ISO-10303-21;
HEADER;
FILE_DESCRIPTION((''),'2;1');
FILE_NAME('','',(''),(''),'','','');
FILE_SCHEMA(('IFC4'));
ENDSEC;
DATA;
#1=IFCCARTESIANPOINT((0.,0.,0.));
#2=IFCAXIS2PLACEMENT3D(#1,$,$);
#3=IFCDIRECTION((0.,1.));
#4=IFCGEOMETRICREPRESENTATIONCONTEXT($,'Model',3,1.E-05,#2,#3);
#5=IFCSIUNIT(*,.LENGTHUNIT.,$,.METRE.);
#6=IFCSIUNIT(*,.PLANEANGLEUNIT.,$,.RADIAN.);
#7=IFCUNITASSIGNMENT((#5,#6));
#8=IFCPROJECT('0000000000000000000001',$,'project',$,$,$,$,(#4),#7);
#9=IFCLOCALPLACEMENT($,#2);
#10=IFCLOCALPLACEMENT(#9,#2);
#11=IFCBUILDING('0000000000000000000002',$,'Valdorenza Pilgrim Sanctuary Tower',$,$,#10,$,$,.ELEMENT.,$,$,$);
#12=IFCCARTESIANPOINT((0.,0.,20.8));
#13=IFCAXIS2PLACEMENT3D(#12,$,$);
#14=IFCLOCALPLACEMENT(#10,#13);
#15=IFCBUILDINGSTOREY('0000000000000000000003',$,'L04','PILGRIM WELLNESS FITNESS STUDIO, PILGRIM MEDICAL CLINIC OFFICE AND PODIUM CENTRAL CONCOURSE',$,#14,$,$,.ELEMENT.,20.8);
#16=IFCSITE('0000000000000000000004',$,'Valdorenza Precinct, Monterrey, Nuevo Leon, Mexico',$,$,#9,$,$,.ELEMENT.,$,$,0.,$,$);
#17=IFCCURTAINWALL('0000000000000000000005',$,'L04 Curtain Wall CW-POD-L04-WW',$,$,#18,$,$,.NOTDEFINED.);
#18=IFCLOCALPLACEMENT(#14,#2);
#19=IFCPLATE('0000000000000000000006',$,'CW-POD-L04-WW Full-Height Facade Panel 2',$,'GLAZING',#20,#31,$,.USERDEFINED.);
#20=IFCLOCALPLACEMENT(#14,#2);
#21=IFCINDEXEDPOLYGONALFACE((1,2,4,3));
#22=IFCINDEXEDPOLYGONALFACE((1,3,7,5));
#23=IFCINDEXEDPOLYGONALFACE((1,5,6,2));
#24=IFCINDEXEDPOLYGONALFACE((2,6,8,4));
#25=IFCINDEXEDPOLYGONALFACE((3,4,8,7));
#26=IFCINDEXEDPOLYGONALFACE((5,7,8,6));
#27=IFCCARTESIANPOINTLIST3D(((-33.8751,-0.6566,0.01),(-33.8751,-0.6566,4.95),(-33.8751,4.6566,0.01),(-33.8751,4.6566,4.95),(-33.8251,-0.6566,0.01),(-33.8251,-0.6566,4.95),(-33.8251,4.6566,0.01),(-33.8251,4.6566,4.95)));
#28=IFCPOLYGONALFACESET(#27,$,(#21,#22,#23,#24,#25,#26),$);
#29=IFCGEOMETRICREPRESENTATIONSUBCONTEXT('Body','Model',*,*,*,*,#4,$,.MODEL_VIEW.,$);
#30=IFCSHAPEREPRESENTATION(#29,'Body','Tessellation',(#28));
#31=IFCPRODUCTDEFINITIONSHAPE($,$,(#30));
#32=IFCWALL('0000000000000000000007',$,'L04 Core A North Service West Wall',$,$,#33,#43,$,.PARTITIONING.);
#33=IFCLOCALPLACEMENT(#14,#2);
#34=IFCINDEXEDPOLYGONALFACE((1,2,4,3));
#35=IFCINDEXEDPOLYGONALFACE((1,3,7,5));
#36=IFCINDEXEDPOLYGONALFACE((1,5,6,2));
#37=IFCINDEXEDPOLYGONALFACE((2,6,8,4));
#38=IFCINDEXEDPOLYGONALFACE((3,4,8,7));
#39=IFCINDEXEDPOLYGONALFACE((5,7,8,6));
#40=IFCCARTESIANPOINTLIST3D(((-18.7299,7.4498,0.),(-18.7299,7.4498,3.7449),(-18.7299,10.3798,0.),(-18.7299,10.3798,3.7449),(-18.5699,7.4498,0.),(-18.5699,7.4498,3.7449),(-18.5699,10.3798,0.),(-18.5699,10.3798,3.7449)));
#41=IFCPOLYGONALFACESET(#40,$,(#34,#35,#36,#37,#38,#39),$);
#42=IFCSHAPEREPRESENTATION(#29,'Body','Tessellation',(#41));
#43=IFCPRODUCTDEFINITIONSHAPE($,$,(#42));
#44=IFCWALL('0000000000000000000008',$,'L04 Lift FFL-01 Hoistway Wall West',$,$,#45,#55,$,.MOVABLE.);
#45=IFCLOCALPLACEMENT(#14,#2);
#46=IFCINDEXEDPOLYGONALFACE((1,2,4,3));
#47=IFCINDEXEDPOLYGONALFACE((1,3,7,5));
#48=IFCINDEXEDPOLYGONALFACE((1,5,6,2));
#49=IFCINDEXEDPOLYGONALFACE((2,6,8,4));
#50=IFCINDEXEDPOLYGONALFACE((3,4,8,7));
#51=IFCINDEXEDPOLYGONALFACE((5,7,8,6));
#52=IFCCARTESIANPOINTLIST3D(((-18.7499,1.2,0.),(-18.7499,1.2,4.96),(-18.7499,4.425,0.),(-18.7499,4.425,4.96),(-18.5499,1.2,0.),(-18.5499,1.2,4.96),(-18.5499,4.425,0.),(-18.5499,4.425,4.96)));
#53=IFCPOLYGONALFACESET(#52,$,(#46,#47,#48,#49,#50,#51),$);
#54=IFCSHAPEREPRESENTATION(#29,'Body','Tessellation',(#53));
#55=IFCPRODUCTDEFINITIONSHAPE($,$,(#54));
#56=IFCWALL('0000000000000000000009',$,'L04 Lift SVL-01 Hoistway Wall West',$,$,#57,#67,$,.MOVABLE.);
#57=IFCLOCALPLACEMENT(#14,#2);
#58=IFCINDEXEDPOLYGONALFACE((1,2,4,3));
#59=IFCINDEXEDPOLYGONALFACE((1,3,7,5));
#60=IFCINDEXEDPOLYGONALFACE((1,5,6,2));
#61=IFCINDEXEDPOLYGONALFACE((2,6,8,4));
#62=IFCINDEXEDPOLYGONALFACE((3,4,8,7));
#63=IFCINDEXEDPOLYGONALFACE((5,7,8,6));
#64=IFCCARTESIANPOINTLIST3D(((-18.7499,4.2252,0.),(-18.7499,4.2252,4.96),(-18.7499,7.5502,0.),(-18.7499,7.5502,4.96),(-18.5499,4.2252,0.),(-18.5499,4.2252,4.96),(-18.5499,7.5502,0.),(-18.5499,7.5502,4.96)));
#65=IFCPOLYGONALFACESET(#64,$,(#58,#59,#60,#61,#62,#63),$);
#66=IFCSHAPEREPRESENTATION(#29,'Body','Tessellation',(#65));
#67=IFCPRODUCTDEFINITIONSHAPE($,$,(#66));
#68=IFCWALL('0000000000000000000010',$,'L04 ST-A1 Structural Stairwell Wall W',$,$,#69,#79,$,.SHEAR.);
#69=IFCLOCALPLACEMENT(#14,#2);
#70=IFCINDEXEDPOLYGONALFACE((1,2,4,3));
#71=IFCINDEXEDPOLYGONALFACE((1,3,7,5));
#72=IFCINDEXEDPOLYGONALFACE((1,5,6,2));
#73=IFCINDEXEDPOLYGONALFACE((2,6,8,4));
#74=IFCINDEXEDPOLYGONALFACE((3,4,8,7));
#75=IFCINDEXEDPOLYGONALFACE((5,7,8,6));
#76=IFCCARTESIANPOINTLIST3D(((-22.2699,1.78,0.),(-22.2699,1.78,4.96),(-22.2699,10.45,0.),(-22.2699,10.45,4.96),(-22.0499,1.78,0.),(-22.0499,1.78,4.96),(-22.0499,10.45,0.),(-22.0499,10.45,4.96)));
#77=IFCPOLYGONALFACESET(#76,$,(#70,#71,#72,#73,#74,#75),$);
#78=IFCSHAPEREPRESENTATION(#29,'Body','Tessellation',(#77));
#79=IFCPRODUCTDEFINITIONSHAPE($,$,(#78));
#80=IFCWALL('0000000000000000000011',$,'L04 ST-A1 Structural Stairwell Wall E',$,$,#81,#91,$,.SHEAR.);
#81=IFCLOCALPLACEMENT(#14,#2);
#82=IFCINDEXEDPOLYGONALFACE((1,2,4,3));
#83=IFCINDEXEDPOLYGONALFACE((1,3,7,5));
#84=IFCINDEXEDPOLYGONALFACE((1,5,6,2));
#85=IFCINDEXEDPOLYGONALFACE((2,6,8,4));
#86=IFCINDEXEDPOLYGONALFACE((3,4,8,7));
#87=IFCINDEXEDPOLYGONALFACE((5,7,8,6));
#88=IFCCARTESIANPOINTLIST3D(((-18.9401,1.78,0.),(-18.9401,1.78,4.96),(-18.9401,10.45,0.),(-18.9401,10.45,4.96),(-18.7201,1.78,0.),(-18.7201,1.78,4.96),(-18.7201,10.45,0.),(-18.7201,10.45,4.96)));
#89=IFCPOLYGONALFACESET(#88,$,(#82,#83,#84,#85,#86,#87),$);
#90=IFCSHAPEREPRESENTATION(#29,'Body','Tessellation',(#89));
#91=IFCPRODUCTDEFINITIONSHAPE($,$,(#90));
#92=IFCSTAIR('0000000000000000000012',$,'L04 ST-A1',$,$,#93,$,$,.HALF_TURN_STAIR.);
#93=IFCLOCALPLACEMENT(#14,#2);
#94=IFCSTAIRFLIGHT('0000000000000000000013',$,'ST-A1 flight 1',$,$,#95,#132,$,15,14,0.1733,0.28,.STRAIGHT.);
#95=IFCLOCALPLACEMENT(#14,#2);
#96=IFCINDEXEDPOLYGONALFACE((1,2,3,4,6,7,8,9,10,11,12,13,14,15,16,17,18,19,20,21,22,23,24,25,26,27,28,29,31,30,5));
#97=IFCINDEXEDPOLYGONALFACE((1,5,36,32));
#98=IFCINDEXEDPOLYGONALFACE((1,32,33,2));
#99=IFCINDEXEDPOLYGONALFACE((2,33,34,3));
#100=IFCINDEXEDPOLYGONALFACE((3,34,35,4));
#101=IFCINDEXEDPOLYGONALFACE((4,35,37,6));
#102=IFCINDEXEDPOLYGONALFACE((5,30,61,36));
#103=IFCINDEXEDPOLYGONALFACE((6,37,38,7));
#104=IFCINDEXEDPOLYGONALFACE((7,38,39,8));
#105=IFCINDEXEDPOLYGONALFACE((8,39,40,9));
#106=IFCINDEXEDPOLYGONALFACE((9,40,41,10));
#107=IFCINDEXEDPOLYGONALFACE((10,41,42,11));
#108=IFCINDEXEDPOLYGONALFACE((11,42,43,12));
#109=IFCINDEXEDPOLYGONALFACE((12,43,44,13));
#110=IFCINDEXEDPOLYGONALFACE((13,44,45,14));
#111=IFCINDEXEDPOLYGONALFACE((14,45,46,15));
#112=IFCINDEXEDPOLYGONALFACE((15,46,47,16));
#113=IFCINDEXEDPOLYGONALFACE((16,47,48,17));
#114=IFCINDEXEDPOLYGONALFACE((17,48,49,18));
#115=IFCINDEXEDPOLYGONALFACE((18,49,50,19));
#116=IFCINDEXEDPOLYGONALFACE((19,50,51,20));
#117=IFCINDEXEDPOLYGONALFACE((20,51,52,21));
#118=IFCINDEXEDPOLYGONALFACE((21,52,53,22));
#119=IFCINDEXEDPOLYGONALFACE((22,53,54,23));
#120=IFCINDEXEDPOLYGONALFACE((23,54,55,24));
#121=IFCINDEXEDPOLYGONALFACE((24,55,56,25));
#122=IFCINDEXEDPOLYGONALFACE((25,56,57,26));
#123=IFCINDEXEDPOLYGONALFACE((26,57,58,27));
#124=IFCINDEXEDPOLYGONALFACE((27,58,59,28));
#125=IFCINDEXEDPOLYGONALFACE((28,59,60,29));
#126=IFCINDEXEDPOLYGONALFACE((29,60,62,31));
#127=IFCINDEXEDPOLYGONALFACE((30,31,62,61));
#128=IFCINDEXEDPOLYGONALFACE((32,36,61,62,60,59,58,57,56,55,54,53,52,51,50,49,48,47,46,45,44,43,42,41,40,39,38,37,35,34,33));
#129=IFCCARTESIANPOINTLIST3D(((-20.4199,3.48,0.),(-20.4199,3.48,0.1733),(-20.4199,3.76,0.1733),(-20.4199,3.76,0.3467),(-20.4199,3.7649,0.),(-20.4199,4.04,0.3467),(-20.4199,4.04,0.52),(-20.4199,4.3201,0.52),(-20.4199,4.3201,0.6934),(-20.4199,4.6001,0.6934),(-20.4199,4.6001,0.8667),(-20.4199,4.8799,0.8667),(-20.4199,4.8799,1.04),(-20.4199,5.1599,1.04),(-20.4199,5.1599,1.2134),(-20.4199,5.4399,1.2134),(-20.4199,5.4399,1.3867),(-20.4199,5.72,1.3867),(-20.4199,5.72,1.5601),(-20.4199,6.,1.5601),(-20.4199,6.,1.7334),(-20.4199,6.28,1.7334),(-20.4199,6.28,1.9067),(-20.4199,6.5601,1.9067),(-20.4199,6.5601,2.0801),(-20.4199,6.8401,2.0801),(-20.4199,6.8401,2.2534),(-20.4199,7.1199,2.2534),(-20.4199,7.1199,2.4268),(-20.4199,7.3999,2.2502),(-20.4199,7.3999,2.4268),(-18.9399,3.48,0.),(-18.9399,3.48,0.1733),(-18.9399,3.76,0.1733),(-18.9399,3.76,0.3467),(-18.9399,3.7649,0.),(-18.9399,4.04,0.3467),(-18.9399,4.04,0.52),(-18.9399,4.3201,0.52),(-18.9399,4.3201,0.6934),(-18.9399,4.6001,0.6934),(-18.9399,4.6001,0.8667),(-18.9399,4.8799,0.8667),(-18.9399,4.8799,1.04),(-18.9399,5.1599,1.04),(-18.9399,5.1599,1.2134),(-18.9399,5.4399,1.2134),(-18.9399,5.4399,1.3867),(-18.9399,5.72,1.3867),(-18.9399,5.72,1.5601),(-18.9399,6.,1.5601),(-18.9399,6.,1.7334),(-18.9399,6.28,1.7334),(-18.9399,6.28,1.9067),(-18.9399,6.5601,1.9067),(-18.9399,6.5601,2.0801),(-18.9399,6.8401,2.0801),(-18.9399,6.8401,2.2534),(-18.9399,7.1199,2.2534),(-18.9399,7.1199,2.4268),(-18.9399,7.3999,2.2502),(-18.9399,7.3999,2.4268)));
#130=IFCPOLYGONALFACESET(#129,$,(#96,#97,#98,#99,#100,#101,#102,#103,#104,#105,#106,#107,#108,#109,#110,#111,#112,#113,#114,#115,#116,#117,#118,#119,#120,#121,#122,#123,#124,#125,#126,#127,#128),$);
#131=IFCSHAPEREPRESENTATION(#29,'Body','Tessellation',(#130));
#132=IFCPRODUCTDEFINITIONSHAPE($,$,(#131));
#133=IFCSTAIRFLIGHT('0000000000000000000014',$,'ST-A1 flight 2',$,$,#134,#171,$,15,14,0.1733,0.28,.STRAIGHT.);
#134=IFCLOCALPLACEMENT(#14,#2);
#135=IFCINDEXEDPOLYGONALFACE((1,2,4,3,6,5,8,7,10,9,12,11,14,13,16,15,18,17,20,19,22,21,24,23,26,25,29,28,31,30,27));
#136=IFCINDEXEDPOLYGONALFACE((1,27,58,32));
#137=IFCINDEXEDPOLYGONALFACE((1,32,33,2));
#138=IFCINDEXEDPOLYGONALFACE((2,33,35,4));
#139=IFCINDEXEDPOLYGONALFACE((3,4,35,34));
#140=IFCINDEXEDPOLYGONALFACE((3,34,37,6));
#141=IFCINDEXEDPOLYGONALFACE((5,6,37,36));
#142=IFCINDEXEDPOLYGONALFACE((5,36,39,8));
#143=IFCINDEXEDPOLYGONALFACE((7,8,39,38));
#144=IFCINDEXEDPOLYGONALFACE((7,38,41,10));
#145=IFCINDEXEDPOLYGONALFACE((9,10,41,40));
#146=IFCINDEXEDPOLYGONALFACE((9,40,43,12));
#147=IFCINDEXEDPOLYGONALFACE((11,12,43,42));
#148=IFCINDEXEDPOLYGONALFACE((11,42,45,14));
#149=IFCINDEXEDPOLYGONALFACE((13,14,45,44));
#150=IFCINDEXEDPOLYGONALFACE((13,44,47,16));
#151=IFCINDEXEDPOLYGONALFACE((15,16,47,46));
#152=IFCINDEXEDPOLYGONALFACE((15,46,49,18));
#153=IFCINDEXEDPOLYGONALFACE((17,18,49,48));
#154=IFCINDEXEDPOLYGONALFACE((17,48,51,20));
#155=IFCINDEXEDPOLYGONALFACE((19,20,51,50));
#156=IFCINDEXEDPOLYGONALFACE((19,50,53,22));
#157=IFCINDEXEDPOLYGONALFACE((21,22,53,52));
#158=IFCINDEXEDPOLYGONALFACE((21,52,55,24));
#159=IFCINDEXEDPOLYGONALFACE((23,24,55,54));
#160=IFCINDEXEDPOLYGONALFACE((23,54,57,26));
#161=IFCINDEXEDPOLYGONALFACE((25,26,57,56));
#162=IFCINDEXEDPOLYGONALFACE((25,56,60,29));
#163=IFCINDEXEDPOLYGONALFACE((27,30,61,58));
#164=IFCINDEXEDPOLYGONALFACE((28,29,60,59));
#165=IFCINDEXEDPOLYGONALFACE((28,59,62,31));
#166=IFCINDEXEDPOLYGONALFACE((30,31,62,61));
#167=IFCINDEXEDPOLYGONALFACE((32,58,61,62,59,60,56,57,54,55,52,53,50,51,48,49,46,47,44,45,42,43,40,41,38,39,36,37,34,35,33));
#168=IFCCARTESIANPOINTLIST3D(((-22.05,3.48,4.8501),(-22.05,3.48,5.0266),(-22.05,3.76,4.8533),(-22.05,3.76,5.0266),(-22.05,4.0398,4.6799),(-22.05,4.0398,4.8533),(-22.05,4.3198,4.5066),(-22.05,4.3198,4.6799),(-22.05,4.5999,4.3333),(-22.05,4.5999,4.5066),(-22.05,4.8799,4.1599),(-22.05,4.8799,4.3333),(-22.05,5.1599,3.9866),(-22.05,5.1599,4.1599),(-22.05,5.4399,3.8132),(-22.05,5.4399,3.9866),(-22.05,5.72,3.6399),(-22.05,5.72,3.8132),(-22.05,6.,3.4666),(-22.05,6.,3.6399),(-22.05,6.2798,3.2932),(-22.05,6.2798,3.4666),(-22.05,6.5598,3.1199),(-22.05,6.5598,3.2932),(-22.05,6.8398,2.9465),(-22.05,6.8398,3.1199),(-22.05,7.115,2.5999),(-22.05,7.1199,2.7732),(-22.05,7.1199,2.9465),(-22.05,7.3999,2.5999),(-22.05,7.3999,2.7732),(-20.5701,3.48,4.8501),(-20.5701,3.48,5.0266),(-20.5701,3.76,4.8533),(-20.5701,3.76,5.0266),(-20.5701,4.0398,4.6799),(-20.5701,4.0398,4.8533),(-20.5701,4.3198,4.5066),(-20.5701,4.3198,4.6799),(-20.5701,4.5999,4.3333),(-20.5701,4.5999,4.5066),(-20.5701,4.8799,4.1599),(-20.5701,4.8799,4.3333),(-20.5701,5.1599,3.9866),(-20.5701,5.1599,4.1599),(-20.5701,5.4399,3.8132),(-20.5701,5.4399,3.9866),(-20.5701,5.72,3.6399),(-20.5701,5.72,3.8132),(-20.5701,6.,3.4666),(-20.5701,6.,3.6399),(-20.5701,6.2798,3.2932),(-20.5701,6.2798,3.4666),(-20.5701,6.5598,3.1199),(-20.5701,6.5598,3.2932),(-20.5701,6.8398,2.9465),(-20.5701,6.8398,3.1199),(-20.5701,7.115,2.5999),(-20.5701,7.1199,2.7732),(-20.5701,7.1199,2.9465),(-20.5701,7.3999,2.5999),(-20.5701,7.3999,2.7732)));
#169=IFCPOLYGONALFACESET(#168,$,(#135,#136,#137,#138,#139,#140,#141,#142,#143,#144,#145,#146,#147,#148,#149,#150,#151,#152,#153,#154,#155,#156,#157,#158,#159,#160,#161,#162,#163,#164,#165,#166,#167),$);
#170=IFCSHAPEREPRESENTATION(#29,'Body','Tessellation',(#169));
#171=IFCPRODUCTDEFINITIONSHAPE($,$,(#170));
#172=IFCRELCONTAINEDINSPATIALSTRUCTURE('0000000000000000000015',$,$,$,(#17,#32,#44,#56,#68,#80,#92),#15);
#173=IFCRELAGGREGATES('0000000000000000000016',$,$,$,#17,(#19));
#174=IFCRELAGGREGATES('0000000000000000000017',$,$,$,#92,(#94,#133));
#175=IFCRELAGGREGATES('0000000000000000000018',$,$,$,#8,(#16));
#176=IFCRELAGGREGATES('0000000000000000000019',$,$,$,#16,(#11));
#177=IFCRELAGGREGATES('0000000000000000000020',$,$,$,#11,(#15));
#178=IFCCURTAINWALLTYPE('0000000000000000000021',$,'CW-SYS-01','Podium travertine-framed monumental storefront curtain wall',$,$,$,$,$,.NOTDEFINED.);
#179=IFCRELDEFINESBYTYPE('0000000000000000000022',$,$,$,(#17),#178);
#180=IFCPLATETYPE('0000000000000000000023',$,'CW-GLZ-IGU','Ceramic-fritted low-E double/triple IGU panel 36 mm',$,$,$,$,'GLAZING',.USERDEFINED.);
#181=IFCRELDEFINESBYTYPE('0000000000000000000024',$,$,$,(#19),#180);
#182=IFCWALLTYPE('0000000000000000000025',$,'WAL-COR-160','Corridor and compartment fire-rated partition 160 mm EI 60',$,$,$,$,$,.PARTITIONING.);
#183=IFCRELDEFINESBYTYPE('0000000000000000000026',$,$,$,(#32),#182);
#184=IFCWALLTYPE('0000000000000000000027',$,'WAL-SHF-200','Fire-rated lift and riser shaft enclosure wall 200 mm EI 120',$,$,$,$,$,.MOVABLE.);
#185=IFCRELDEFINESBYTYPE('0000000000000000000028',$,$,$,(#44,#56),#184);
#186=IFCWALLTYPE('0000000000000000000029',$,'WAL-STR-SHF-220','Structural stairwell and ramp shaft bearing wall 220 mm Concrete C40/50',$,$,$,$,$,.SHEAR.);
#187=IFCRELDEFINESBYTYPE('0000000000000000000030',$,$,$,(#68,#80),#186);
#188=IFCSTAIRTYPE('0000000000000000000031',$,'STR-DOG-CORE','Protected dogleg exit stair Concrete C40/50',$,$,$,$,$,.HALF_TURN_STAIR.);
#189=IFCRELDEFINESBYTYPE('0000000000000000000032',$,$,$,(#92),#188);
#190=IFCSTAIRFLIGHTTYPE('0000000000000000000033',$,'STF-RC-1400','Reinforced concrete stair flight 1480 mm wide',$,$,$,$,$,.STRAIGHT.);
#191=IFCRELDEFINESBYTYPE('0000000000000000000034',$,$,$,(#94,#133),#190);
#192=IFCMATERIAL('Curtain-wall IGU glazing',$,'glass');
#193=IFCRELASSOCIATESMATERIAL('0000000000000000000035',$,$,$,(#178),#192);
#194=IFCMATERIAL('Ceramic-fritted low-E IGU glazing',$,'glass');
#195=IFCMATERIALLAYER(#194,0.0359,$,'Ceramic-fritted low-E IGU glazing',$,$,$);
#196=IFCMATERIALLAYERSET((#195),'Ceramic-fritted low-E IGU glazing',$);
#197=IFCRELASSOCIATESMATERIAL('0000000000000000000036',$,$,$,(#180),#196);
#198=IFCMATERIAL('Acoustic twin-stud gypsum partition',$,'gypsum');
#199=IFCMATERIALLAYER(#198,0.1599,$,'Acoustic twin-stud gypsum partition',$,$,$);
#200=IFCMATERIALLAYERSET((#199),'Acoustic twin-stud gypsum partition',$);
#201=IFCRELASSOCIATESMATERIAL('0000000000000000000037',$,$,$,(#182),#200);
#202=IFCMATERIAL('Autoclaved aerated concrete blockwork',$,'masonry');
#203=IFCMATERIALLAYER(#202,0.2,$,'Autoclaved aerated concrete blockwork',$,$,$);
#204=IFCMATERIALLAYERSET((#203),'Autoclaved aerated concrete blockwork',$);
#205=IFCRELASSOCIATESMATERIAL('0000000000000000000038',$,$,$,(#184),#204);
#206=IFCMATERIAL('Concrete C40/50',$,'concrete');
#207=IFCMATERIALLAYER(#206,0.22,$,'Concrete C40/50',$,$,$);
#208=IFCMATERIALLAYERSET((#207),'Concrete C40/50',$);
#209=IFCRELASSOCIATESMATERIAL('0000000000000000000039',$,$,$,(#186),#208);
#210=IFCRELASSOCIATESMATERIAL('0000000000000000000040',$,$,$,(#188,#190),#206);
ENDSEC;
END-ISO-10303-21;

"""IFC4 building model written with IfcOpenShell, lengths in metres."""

from ifc_helpers import new_model, si_unit, direction, frame, frame_2d, origin, origin_2d, place, context, subcontext, project, spatial, polyline, rectangle, outline, extrude, source, transform, mapped, material, layer, layer_set, type_object, element, aggregate, save


model = new_model("IFC4")

# Units and contexts
model_context = context("Model", 3, precision=1e-05, world=origin(), true_north=direction((0.0, 1.0)))
body_context = subcontext(model_context, "Body", "Model", "MODEL_VIEW")
ifc_project = project(units=[si_unit("LENGTHUNIT", "METRE"), si_unit("PLANEANGLEUNIT", "RADIAN")], contexts=[model_context])

# Site, building, storey
site_placement = place(None, origin())
site = spatial("IfcSite", under=ifc_project, at=site_placement, Name="Valdorenza Precinct, Monterrey, Nuevo Leon, Mexico", CompositionType="ELEMENT", RefElevation=0.0)
building_placement = place(site_placement, origin())
building = spatial("IfcBuilding", under=site, at=building_placement, Name="Valdorenza Pilgrim Sanctuary Tower", CompositionType="ELEMENT")
storey_placement = place(building_placement, frame((0.0, 0.0, 20.8)))
storey = spatial("IfcBuildingStorey", under=building, at=storey_placement, Name="L04", Description="PILGRIM WELLNESS FITNESS STUDIO, PILGRIM MEDICAL CLINIC OFFICE AND PODIUM CENTRAL CONCOURSE", CompositionType="ELEMENT", Elevation=20.8)

# Curtain wall, plate
ifc_material_1 = material(Name="Curtain-wall IGU glazing", Category="glass")
curtain_wall_type = type_object("IfcCurtainWallType", Name="CW-SYS-01", Description="Podium travertine-framed monumental storefront curtain wall", PredefinedType="NOTDEFINED", material=ifc_material_1)
curtain_wall_placement = place(storey_placement, origin())
curtain_wall = element("IfcCurtainWall", 1, at=curtain_wall_placement, inside=storey, type_object=curtain_wall_type, Name="L04 Curtain Wall CW-POD-L04-WW", PredefinedType="NOTDEFINED")
ifc_material_2 = material(Name="Ceramic-fritted low-E IGU glazing", Category="glass")
ifc_layer_1 = layer(ifc_material_2, 0.0359, Name="Ceramic-fritted low-E IGU glazing")
ifc_layer_set_1 = layer_set([ifc_layer_1], Name="Ceramic-fritted low-E IGU glazing")
plate_type_1 = type_object("IfcPlateType", Name="CW-GLZ-IGU", Description="Ceramic-fritted low-E double/triple IGU panel 36 mm", ElementType="GLAZING", PredefinedType="USERDEFINED", material=ifc_layer_set_1)
shared_shape_1 = source(origin(), body_context, "Body", "SweptSolid", [
    extrude(rectangle(XDim=5.3132, YDim=0.05, at=origin_2d()), origin(), (0.0, 0.0, 1.0), 4.9399),
])
plate_1_placement = place(storey_placement, frame((-33.8501, 2.0, 0.01), z_axis=(0.0, 0.0, 1.0), x_axis=(0.0, 1.0, 0.0)))
plate_1 = element("IfcPlate", 2, at=plate_1_placement, type_object=plate_type_1, Name="CW-POD-L04-WW Full-Height Facade Panel 2", ObjectType="GLAZING", PredefinedType="USERDEFINED", context=body_context, shape_type="MappedRepresentation", body=[
    mapped(shared_shape_1, transform((0.0, 0.0, 0.0), x_axis=(1.0, 0.0, 0.0), y_axis=(0.0, 1.0, 0.0), z_axis=(0.0, 0.0, 1.0), scale=1.0)),
])
aggregate(curtain_wall, [plate_1])

# Walls
ifc_material_3 = material(Name="Acoustic twin-stud gypsum partition", Category="gypsum")
ifc_layer_2 = layer(ifc_material_3, 0.1599, Name="Acoustic twin-stud gypsum partition")
ifc_layer_set_2 = layer_set([ifc_layer_2], Name="Acoustic twin-stud gypsum partition")
wall_type_1 = type_object("IfcWallType", Name="WAL-COR-160", Description="Corridor and compartment fire-rated partition 160 mm EI 60", PredefinedType="PARTITIONING", material=ifc_layer_set_2)
wall_1_placement = place(storey_placement, frame((-18.6499, 7.45, 0.0), z_axis=(0.0, 0.0, 1.0), x_axis=(0.0, 1.0, 0.0)))
element("IfcWall", 3, at=wall_1_placement, inside=storey, type_object=wall_type_1, Name="L04 Core A North Service West Wall", PredefinedType="PARTITIONING", context=body_context, shape_type="SweptSolid", body=[
    extrude(rectangle(XDim=2.9299, YDim=0.1599, at=frame_2d((1.4648, 0.0))), origin(), (0.0, 0.0, 1.0), 3.7449),
])
ifc_material_4 = material(Name="Autoclaved aerated concrete blockwork", Category="masonry")
ifc_layer_3 = layer(ifc_material_4, 0.2, Name="Autoclaved aerated concrete blockwork")
ifc_layer_set_3 = layer_set([ifc_layer_3], Name="Autoclaved aerated concrete blockwork")
wall_type_2 = type_object("IfcWallType", Name="WAL-SHF-200", Description="Fire-rated lift and riser shaft enclosure wall 200 mm EI 120", PredefinedType="MOVABLE", material=ifc_layer_set_3)
wall_2_placement = place(storey_placement, frame((-18.6499, 1.2, 0.0), z_axis=(0.0, 0.0, 1.0), x_axis=(0.0, 1.0, 0.0)))
element("IfcWall", 4, at=wall_2_placement, inside=storey, type_object=wall_type_2, Name="L04 Lift FFL-01 Hoistway Wall West", PredefinedType="MOVABLE", context=body_context, shape_type="SweptSolid", body=[
    extrude(rectangle(XDim=3.2251, YDim=0.2, at=frame_2d((1.6125, 0.0))), origin(), (0.0, 0.0, 1.0), 4.96),
])
wall_3_placement = place(storey_placement, frame((-18.6499, 4.2251, 0.0), z_axis=(0.0, 0.0, 1.0), x_axis=(0.0, 1.0, 0.0)))
element("IfcWall", 5, at=wall_3_placement, inside=storey, type_object=wall_type_2, Name="L04 Lift SVL-01 Hoistway Wall West", PredefinedType="MOVABLE", context=body_context, shape_type="SweptSolid", body=[
    extrude(rectangle(XDim=3.325, YDim=0.2, at=frame_2d((1.6626, 0.0))), origin(), (0.0, 0.0, 1.0), 4.96),
])
ifc_material_5 = material(Name="Concrete C40/50", Category="concrete")
ifc_layer_4 = layer(ifc_material_5, 0.22, Name="Concrete C40/50")
ifc_layer_set_4 = layer_set([ifc_layer_4], Name="Concrete C40/50")
wall_type_3 = type_object("IfcWallType", Name="WAL-STR-SHF-220", Description="Structural stairwell and ramp shaft bearing wall 220 mm Concrete C40/50", PredefinedType="SHEAR", material=ifc_layer_set_4)
for number, where, z_axis, x_axis, name in (
    (6, (-22.1599, 1.78, 0.0), (0.0, 0.0, 1.0), (0.0, 1.0, 0.0), "L04 ST-A1 Structural Stairwell Wall W"),
    (7, (-18.8301, 1.78, 0.0), (0.0, 0.0, 1.0), (0.0, 1.0, 0.0), "L04 ST-A1 Structural Stairwell Wall E"),
):
    element("IfcWall", number, at=place(storey_placement, frame(where, z_axis=z_axis, x_axis=x_axis)), inside=storey, type_object=wall_type_3, Name=name, PredefinedType="SHEAR", context=body_context, shape_type="SweptSolid", body=[
        extrude(rectangle(XDim=8.6699, YDim=0.22, at=frame_2d((4.335, 0.0))), origin(), (0.0, 0.0, 1.0), 4.96),
    ])

# Stair, stair flights
stair_type = type_object("IfcStairType", Name="STR-DOG-CORE", Description="Protected dogleg exit stair Concrete C40/50", PredefinedType="HALF_TURN_STAIR", material=ifc_material_5)
stair_placement = place(storey_placement, origin())
stair = element("IfcStair", 8, at=stair_placement, inside=storey, type_object=stair_type, Name="L04 ST-A1", PredefinedType="HALF_TURN_STAIR")
stair_flight_type = type_object("IfcStairFlightType", Name="STF-RC-1400", Description="Reinforced concrete stair flight 1480 mm wide", PredefinedType="STRAIGHT", material=ifc_material_5)
stair_flight_1_placement = place(storey_placement, frame((-19.6799, 3.48, 0.0), z_axis=(0.0, 0.0, 1.0), x_axis=(0.0, 1.0, 0.0)))
stair_flight_1 = element("IfcStairFlight", 9, at=stair_flight_1_placement, type_object=stair_flight_type, Name="ST-A1 flight 1", NumberOfRisers=15, NumberOfTreads=14, PredefinedType="STRAIGHT", RiserHeight=0.1733, TreadLength=0.28, context=body_context, shape_type="SweptSolid", body=[
    extrude(outline(polyline([(0.0, 0.0), (0.0, 0.1733), (0.28, 0.1733), (0.28, 0.3467), (0.5601, 0.3467), (0.5601, 0.52), (0.8401, 0.52), (0.8401, 0.6934), (1.1201, 0.6934), (1.1201, 0.8667), (1.3999, 0.8667), (1.3999, 1.04), (1.6799, 1.04), (1.6799, 1.2134), (1.96, 1.2134), (1.96, 1.3867), (2.24, 1.3867), (2.24, 1.5601), (2.52, 1.5601), (2.52, 1.7334), (2.8, 1.7334), (2.8, 1.9067), (3.0801, 1.9067), (3.0801, 2.0801), (3.3601, 2.0801), (3.3601, 2.2534), (3.6399, 2.2534), (3.6399, 2.4268), (3.9199, 2.4268), (3.9199, 2.6001), (3.9199, 2.2502), (0.2849, 0.0), (0.0, 0.0)])), frame((0.0, 0.74, 0.0), z_axis=(0.0, -1.0, 0.0), x_axis=(1.0, 0.0, 0.0)), (0.0, 0.0, 1.0), 1.48),
])
stair_flight_2_placement = place(storey_placement, frame((-21.3101, 7.3999, 2.5999), z_axis=(0.0, 0.0, 1.0), x_axis=(0.0, -1.0, 0.0)))
stair_flight_2 = element("IfcStairFlight", 10, at=stair_flight_2_placement, type_object=stair_flight_type, Name="ST-A1 flight 2", NumberOfRisers=15, NumberOfTreads=14, PredefinedType="STRAIGHT", RiserHeight=0.1733, TreadLength=0.28, context=body_context, shape_type="SweptSolid", body=[
    extrude(outline(polyline([(0.0, 0.0), (0.0, 0.1733), (0.28, 0.1733), (0.28, 0.3467), (0.5601, 0.3467), (0.5601, 0.52), (0.8401, 0.52), (0.8401, 0.6934), (1.1201, 0.6934), (1.1201, 0.8667), (1.3999, 0.8667), (1.3999, 1.04), (1.6799, 1.04), (1.6799, 1.2134), (1.96, 1.2134), (1.96, 1.3867), (2.24, 1.3867), (2.24, 1.5601), (2.52, 1.5601), (2.52, 1.7334), (2.8, 1.7334), (2.8, 1.9067), (3.0801, 1.9067), (3.0801, 2.0801), (3.3601, 2.0801), (3.3601, 2.2534), (3.6399, 2.2534), (3.6399, 2.4268), (3.9199, 2.4268), (3.9199, 2.6001), (3.9199, 2.2502), (0.2849, 0.0), (0.0, 0.0)])), frame((0.0, 0.74, 0.0), z_axis=(0.0, -1.0, 0.0), x_axis=(1.0, 0.0, 0.0)), (0.0, 0.0, 1.0), 1.48),
])
aggregate(stair, [stair_flight_1, stair_flight_2])

save(model, "model.ifc")
